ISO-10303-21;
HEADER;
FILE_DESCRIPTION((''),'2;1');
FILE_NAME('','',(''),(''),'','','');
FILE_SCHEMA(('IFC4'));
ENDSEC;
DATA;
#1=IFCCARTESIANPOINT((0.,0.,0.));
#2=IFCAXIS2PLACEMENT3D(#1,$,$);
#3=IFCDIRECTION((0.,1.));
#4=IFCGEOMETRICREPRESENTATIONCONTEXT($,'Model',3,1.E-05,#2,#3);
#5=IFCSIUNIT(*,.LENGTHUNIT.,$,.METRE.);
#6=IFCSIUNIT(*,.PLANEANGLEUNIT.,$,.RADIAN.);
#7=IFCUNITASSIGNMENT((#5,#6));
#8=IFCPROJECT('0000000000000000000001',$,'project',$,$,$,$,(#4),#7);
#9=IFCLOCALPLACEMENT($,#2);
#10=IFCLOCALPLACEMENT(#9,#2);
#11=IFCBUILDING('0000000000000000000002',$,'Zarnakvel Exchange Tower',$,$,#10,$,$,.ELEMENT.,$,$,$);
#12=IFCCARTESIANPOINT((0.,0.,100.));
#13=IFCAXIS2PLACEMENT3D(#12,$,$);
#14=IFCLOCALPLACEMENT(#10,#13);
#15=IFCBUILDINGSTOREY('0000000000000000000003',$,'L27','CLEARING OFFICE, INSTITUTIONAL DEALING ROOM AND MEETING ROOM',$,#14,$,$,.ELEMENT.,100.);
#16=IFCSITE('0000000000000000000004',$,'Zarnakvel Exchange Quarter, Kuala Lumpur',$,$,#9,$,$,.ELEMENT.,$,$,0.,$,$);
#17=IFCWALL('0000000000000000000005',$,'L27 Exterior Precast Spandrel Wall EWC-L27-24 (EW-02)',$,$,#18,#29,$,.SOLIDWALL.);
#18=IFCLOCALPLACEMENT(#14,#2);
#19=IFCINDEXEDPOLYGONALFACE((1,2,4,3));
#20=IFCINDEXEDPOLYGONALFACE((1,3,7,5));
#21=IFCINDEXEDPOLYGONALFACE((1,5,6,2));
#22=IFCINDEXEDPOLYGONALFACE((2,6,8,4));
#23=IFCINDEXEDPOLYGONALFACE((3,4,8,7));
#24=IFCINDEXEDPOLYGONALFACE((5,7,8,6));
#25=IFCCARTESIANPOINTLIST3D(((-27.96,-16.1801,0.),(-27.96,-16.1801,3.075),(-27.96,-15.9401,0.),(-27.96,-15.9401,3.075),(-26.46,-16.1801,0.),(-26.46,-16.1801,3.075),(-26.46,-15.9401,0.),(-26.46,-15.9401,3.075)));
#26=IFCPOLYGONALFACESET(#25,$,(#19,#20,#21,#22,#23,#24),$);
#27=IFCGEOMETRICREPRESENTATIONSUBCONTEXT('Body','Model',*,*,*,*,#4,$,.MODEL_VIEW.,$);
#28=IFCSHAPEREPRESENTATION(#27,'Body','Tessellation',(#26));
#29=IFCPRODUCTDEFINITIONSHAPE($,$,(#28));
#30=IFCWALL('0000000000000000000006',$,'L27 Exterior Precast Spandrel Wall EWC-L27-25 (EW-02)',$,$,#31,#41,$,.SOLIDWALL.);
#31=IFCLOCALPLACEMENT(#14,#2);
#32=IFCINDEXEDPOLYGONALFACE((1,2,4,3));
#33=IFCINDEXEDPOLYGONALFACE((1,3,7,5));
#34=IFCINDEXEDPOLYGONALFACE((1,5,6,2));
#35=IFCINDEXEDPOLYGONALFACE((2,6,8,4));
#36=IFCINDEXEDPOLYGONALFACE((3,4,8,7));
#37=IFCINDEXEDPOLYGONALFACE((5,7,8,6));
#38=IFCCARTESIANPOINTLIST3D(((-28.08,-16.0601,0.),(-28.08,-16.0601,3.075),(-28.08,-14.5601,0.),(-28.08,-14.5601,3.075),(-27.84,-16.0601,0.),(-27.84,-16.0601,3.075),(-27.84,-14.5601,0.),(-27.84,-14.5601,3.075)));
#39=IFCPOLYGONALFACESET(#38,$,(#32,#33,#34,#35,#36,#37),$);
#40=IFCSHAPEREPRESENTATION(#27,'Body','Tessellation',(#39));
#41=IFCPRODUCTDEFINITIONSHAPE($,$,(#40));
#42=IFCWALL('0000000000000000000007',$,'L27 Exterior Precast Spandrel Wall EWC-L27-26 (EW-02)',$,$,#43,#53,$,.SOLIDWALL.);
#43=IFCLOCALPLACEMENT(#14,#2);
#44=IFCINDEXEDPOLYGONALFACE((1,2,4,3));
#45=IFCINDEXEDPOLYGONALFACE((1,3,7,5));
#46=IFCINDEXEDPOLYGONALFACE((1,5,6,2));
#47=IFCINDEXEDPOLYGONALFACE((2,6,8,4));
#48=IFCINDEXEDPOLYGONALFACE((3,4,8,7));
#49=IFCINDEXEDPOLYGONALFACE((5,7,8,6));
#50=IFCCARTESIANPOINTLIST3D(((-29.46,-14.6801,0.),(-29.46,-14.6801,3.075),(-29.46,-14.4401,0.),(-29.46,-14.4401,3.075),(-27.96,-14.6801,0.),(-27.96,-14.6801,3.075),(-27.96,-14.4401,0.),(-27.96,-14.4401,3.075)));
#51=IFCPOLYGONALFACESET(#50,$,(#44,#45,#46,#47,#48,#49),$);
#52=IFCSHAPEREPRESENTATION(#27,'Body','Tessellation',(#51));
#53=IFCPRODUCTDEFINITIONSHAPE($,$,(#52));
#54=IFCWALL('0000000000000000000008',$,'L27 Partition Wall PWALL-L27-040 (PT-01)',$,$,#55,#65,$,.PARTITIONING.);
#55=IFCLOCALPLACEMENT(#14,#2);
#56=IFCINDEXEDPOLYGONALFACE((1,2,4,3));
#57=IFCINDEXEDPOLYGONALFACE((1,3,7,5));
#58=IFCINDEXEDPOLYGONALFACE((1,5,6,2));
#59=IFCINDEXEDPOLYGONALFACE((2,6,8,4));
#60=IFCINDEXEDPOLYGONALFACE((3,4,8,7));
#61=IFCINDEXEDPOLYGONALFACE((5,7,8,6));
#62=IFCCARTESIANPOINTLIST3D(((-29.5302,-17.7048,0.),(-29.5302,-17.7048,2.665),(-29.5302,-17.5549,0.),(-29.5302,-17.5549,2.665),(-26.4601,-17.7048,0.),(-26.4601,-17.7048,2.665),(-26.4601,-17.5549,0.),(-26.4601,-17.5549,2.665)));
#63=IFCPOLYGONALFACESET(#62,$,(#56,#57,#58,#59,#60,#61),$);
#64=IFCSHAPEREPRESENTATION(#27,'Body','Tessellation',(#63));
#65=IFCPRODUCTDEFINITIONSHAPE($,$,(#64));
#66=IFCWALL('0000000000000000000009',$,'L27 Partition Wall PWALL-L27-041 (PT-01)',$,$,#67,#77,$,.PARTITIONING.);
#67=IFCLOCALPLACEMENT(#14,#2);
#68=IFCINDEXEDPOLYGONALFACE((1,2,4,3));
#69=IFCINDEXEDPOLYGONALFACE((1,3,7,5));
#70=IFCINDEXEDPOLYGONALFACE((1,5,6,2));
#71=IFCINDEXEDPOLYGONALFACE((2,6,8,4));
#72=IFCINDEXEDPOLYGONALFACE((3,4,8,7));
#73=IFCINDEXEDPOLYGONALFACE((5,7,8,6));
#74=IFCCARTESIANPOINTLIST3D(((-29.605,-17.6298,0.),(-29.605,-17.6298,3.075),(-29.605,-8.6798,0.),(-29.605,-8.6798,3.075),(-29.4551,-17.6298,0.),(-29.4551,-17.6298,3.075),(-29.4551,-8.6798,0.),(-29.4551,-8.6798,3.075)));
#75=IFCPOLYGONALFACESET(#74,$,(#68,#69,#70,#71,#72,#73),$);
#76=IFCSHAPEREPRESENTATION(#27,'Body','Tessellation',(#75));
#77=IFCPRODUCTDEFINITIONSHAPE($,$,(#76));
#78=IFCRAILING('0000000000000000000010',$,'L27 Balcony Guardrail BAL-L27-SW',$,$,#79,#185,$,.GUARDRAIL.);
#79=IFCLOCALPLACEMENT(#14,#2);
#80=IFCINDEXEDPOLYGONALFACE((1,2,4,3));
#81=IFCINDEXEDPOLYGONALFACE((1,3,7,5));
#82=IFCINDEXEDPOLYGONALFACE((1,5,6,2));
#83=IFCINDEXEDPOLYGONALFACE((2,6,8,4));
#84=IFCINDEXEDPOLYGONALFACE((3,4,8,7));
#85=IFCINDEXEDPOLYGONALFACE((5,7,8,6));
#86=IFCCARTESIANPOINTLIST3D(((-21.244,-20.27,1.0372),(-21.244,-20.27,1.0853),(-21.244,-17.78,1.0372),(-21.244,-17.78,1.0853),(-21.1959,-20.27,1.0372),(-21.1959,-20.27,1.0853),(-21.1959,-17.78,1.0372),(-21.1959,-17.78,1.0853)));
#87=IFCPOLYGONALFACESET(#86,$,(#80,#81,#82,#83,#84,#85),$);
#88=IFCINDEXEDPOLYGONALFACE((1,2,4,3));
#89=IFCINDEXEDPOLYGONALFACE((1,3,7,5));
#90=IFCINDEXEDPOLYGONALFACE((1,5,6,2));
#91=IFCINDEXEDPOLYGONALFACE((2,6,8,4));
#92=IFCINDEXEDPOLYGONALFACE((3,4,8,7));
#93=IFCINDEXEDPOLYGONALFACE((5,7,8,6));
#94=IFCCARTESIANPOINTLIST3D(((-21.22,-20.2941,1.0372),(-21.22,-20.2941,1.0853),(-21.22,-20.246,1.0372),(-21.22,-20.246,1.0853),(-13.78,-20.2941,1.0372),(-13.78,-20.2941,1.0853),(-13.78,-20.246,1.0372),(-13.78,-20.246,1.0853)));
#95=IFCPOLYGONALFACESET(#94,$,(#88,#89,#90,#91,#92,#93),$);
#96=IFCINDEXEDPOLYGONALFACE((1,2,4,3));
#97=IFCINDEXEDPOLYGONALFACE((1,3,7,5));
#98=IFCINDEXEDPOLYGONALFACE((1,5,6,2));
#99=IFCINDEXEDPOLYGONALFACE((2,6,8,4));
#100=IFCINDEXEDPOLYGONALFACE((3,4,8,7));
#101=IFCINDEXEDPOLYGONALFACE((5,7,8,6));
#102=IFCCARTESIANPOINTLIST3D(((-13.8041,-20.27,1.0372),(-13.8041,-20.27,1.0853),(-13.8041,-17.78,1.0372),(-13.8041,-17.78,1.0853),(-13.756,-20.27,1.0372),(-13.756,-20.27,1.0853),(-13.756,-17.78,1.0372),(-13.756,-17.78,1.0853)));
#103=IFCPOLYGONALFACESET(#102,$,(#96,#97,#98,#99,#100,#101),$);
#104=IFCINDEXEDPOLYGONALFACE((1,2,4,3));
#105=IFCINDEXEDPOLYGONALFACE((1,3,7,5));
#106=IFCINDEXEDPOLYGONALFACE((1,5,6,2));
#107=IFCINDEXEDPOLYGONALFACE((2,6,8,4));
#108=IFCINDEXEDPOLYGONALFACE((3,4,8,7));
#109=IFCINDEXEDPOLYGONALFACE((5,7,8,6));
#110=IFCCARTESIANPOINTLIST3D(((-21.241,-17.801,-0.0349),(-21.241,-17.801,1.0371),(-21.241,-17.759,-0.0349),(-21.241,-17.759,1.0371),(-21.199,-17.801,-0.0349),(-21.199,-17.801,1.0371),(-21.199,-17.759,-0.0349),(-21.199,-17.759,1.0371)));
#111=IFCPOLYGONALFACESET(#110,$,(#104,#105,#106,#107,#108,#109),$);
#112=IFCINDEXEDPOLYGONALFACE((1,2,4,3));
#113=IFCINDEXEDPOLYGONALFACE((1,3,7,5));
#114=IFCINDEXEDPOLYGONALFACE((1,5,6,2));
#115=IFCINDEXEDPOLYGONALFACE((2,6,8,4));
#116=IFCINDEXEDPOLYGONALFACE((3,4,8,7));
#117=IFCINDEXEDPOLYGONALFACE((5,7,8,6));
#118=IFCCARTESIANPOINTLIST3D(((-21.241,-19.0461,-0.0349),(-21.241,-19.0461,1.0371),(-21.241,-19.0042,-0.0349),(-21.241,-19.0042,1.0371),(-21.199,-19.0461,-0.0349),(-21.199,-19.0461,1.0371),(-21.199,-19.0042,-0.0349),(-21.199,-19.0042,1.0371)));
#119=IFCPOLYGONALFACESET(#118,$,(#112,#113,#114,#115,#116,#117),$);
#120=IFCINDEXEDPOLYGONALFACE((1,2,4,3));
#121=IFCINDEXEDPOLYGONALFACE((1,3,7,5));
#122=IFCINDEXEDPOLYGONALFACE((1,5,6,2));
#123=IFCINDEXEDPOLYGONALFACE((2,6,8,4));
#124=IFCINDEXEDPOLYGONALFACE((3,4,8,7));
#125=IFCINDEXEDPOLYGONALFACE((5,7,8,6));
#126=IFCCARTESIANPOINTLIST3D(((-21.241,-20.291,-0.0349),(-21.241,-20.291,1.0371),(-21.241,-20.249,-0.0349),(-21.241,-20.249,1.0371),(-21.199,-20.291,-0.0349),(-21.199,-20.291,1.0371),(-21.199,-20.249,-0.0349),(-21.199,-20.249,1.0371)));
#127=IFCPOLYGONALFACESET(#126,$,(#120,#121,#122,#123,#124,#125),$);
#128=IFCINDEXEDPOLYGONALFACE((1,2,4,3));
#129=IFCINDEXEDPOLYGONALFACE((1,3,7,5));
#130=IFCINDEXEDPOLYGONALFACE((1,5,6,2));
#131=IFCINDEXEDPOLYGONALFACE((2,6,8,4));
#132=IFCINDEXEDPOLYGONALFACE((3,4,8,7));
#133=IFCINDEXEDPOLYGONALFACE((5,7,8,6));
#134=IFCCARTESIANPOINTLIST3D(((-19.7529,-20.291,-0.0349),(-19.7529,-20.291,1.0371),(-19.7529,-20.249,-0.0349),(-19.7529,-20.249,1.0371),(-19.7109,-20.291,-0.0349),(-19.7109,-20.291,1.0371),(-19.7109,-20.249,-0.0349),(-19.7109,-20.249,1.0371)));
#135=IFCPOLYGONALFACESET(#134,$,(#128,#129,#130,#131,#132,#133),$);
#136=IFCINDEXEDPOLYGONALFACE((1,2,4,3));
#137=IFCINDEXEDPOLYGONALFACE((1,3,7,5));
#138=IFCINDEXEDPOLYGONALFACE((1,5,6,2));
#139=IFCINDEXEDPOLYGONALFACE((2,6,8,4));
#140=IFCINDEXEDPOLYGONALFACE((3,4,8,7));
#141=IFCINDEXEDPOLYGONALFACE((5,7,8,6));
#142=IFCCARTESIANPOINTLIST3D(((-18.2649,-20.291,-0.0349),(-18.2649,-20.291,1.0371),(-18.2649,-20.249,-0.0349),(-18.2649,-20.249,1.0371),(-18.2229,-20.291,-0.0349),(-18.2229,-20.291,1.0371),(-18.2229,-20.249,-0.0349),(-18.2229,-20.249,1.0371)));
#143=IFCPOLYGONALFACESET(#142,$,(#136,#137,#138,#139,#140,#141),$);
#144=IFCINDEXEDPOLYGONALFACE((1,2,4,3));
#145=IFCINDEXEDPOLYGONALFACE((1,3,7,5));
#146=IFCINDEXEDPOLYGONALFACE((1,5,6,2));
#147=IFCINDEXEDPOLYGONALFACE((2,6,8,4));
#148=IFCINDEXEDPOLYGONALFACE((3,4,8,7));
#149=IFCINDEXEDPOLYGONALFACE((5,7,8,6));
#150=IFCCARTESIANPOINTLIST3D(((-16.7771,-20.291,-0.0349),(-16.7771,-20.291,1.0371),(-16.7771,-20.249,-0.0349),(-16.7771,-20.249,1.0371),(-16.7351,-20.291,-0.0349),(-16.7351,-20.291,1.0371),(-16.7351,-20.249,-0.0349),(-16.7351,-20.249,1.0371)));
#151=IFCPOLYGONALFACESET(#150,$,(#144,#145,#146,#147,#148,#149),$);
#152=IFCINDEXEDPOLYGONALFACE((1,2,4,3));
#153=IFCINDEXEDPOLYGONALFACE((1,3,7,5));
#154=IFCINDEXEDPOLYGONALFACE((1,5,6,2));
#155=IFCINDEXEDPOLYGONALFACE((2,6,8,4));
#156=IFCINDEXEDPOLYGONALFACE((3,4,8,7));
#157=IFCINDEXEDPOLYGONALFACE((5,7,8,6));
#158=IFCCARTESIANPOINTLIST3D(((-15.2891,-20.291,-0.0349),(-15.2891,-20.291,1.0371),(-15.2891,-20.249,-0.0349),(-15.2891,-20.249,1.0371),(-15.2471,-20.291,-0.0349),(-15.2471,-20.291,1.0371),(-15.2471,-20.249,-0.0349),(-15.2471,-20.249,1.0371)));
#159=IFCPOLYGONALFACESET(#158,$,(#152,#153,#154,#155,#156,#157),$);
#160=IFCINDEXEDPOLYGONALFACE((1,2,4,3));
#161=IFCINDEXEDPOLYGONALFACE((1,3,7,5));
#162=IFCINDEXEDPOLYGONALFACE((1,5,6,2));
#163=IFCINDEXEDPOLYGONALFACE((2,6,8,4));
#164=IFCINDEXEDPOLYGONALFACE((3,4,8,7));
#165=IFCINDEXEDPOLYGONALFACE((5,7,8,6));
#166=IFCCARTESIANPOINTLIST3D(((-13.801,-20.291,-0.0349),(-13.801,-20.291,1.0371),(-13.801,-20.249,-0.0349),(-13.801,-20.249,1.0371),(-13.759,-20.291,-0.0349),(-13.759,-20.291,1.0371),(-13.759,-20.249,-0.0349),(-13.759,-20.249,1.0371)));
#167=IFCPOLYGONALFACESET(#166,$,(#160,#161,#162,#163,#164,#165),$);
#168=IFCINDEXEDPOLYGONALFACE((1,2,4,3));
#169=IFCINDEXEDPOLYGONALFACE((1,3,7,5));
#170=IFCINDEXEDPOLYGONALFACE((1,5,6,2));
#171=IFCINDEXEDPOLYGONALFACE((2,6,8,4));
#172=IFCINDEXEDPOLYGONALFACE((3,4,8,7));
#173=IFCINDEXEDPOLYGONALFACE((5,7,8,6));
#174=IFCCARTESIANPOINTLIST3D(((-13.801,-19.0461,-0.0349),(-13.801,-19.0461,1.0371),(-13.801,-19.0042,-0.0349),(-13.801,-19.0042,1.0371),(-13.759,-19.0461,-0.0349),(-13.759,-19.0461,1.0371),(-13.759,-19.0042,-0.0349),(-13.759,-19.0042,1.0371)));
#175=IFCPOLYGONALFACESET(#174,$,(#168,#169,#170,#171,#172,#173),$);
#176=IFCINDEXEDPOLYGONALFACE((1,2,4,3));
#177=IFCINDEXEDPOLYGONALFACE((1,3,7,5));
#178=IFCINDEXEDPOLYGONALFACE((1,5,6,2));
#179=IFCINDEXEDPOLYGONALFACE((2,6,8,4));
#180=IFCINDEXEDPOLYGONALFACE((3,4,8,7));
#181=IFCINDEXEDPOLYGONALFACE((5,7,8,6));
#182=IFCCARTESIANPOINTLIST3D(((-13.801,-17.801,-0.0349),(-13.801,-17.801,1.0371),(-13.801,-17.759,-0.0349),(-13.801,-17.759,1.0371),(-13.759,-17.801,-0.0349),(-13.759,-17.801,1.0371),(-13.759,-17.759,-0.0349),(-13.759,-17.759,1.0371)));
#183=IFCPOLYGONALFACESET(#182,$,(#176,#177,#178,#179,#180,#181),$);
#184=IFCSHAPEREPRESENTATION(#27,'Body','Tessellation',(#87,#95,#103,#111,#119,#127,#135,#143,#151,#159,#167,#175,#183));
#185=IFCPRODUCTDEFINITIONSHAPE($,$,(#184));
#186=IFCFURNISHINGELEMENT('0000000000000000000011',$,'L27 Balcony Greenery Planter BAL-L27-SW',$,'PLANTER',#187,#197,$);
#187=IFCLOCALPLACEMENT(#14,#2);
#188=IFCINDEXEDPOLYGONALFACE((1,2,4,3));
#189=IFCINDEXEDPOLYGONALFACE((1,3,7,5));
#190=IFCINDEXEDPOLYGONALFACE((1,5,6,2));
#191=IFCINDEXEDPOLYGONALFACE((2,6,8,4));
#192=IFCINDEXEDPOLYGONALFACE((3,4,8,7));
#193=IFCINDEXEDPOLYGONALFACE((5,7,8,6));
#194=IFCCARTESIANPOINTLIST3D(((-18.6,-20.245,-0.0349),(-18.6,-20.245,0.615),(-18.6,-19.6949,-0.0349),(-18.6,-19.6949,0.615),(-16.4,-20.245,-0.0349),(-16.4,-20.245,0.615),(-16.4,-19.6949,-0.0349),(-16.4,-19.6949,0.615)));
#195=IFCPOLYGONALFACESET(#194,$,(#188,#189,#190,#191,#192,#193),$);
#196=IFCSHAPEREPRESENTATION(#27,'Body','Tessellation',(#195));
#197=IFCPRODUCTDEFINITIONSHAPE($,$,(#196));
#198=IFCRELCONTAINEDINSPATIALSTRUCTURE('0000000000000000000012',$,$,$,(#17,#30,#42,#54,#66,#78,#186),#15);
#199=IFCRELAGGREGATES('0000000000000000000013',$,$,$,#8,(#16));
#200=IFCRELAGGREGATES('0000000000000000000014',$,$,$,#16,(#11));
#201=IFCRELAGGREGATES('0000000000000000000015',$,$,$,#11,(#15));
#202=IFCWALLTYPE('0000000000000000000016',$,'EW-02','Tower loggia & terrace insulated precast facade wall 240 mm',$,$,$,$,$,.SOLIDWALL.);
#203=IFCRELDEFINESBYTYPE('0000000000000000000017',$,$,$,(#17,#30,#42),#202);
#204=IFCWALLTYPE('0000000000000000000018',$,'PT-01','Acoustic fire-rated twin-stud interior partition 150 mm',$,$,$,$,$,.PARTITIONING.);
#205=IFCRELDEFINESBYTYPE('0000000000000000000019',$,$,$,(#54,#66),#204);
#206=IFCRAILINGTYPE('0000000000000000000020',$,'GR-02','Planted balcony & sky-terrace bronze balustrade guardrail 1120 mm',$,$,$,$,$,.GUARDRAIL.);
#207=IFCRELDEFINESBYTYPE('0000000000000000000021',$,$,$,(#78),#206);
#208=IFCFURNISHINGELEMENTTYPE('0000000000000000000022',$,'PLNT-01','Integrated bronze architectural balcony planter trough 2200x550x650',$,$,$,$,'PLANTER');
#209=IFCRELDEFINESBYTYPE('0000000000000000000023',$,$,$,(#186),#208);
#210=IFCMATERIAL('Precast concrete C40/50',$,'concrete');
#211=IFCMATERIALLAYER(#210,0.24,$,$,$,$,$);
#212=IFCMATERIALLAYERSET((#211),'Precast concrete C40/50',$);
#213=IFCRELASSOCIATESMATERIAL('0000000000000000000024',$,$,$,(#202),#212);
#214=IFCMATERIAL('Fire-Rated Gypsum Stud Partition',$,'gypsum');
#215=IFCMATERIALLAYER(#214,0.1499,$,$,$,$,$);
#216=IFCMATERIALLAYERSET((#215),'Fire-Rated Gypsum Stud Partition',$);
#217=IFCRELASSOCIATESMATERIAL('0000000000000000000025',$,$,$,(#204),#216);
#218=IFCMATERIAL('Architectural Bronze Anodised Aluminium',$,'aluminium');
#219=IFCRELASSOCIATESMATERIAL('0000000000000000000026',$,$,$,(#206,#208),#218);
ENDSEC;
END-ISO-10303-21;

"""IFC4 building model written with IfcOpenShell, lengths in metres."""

from ifc_helpers import new_model, si_unit, direction, frame, frame_2d, origin, origin_2d, place, context, subcontext, project, spatial, rectangle, extrude, source, transform, mapped, material, layer, layer_set, type_object, element, save


model = new_model("IFC4")

# Units and contexts
model_context = context("Model", 3, precision=1e-05, world=origin(), true_north=direction((0.0, 1.0)))
body_context = subcontext(model_context, "Body", "Model", "MODEL_VIEW")
ifc_project = project(units=[si_unit("LENGTHUNIT", "METRE"), si_unit("PLANEANGLEUNIT", "RADIAN")], contexts=[model_context])

# Site, building, storey
site_placement = place(None, origin())
site = spatial("IfcSite", under=ifc_project, at=site_placement, Name="Zarnakvel Exchange Quarter, Kuala Lumpur", CompositionType="ELEMENT", RefElevation=0.0)
building_placement = place(site_placement, origin())
building = spatial("IfcBuilding", under=site, at=building_placement, Name="Zarnakvel Exchange Tower", CompositionType="ELEMENT")
storey_placement = place(building_placement, frame((0.0, 0.0, 100.0)))
storey = spatial("IfcBuildingStorey", under=building, at=storey_placement, Name="L27", Description="CLEARING OFFICE, INSTITUTIONAL DEALING ROOM AND MEETING ROOM", CompositionType="ELEMENT", Elevation=100.0)

# Shared definitions
ifc_material_1 = material(Name="Architectural Bronze Anodised Aluminium", Category="aluminium")

# Walls
ifc_material_2 = material(Name="Precast concrete C40/50", Category="concrete")
ifc_layer_1 = layer(ifc_material_2, 0.24)
ifc_layer_set_1 = layer_set([ifc_layer_1], Name="Precast concrete C40/50")
wall_type_1 = type_object("IfcWallType", Name="EW-02", Description="Tower loggia & terrace insulated precast facade wall 240 mm", PredefinedType="SOLIDWALL", material=ifc_layer_set_1)
for number, where, z_axis, x_axis, name in (
    (1, (-27.96, -16.0601, 0.0), (0.0, 0.0, 1.0), (1.0, 0.0, 0.0), "L27 Exterior Precast Spandrel Wall EWC-L27-24 (EW-02)"),
    (2, (-27.96, -14.5601, 0.0), (0.0, 0.0, 1.0), (0.0, -1.0, 0.0), "L27 Exterior Precast Spandrel Wall EWC-L27-25 (EW-02)"),
    (3, (-29.46, -14.5601, 0.0), (0.0, 0.0, 1.0), (1.0, 0.0, 0.0), "L27 Exterior Precast Spandrel Wall EWC-L27-26 (EW-02)"),
):
    element("IfcWall", number, at=place(storey_placement, frame(where, z_axis=z_axis, x_axis=x_axis)), inside=storey, type_object=wall_type_1, Name=name, PredefinedType="SOLIDWALL", context=body_context, shape_type="SweptSolid", body=[
        extrude(rectangle(XDim=1.5, YDim=0.24, at=frame_2d((0.75, 0.0))), origin(), (0.0, 0.0, 1.0), 3.075),
    ])
ifc_material_3 = material(Name="Fire-Rated Gypsum Stud Partition", Category="gypsum")
ifc_layer_2 = layer(ifc_material_3, 0.1499)
ifc_layer_set_2 = layer_set([ifc_layer_2], Name="Fire-Rated Gypsum Stud Partition")
wall_type_2 = type_object("IfcWallType", Name="PT-01", Description="Acoustic fire-rated twin-stud interior partition 150 mm", PredefinedType="PARTITIONING", material=ifc_layer_set_2)
wall_1_placement = place(storey_placement, frame((-26.46, -17.6299, 0.0), z_axis=(0.0, 0.0, 1.0), x_axis=(-1.0, 0.0, 0.0)))
element("IfcWall", 4, at=wall_1_placement, inside=storey, type_object=wall_type_2, Name="L27 Partition Wall PWALL-L27-040 (PT-01)", PredefinedType="PARTITIONING", context=body_context, shape_type="SweptSolid", body=[
    extrude(rectangle(XDim=3.0701, YDim=0.1499, at=frame_2d((1.5352, 0.0))), origin(), (0.0, 0.0, 1.0), 2.665),
])
wall_2_placement = place(storey_placement, frame((-29.53, -17.6299, 0.0), z_axis=(0.0, 0.0, 1.0), x_axis=(0.0, 1.0, 0.0)))
element("IfcWall", 5, at=wall_2_placement, inside=storey, type_object=wall_type_2, Name="L27 Partition Wall PWALL-L27-041 (PT-01)", PredefinedType="PARTITIONING", context=body_context, shape_type="SweptSolid", body=[
    extrude(rectangle(XDim=8.95, YDim=0.1499, at=frame_2d((4.4751, 0.0))), origin(), (0.0, 0.0, 1.0), 3.075),
])

# Railing
railing_type = type_object("IfcRailingType", Name="GR-02", Description="Planted balcony & sky-terrace bronze balustrade guardrail 1120 mm", PredefinedType="GUARDRAIL", material=ifc_material_1)
railing_placement = place(storey_placement, frame((-21.22, -17.78, -0.0349)))
element("IfcRailing", 6, at=railing_placement, inside=storey, type_object=railing_type, Name="L27 Balcony Guardrail BAL-L27-SW", PredefinedType="GUARDRAIL", context=body_context, shape_type="SweptSolid", body=[
    extrude(rectangle(XDim=0.0481, YDim=0.0481, at=origin_2d()), frame((0.0, 0.0, 1.0962), z_axis=(0.0, -1.0, 0.0), x_axis=(1.0, 0.0, 0.0)), (0.0, 0.0, 1.0), 2.49),
    extrude(rectangle(XDim=0.0481, YDim=0.0481, at=origin_2d()), frame((0.0, -2.49, 1.0962), z_axis=(1.0, 0.0, 0.0), x_axis=(0.0, 1.0, 0.0)), (0.0, 0.0, 1.0), 7.4399),
    extrude(rectangle(XDim=0.0481, YDim=0.0481, at=origin_2d()), frame((7.4399, -2.49, 1.0962), z_axis=(0.0, 1.0, 0.0), x_axis=(-1.0, 0.0, 0.0)), (0.0, 0.0, 1.0), 2.49),
    extrude(rectangle(XDim=0.042, YDim=0.042, at=origin_2d()), origin(), (0.0, 0.0, 1.0), 1.072),
    extrude(rectangle(XDim=0.042, YDim=0.042, at=origin_2d()), frame((0.0, -1.2451, 0.0)), (0.0, 0.0, 1.0), 1.072),
    extrude(rectangle(XDim=0.042, YDim=0.042, at=origin_2d()), frame((0.0, -2.49, 0.0)), (0.0, 0.0, 1.0), 1.072),
    extrude(rectangle(XDim=0.042, YDim=0.042, at=origin_2d()), frame((1.488, -2.49, 0.0)), (0.0, 0.0, 1.0), 1.072),
    extrude(rectangle(XDim=0.042, YDim=0.042, at=origin_2d()), frame((2.9761, -2.49, 0.0)), (0.0, 0.0, 1.0), 1.072),
    extrude(rectangle(XDim=0.042, YDim=0.042, at=origin_2d()), frame((4.4639, -2.49, 0.0)), (0.0, 0.0, 1.0), 1.072),
    extrude(rectangle(XDim=0.042, YDim=0.042, at=origin_2d()), frame((5.9519, -2.49, 0.0)), (0.0, 0.0, 1.0), 1.072),
    extrude(rectangle(XDim=0.042, YDim=0.042, at=origin_2d()), frame((7.4399, -2.49, 0.0)), (0.0, 0.0, 1.0), 1.072),
    extrude(rectangle(XDim=0.042, YDim=0.042, at=origin_2d()), frame((7.4399, -1.2451, 0.0)), (0.0, 0.0, 1.0), 1.072),
    extrude(rectangle(XDim=0.042, YDim=0.042, at=origin_2d()), frame((7.4399, 0.0, 0.0)), (0.0, 0.0, 1.0), 1.072),
])

# Furnishing element
furnishing_element_type = type_object("IfcFurnishingElementType", Name="PLNT-01", Description="Integrated bronze architectural balcony planter trough 2200x550x650", ElementType="PLANTER", material=ifc_material_1)
shared_shape_1 = source(origin(), body_context, "Body", "SweptSolid", [
    extrude(rectangle(XDim=2.2, YDim=0.55, at=origin_2d()), origin(), (0.0, 0.0, 1.0), 0.6499),
])
furnishing_placement = place(storey_placement, frame((-17.5, -19.97, -0.0349), z_axis=(0.0, 0.0, 1.0), x_axis=(1.0, 0.0, 0.0)))
element("IfcFurnishingElement", 7, at=furnishing_placement, inside=storey, type_object=furnishing_element_type, Name="L27 Balcony Greenery Planter BAL-L27-SW", ObjectType="PLANTER", context=body_context, shape_type="MappedRepresentation", body=[
    mapped(shared_shape_1, transform((0.0, 0.0, 0.0), x_axis=(1.0, 0.0, 0.0), y_axis=(0.0, 1.0, 0.0), z_axis=(0.0, 0.0, 1.0), scale=1.0)),
])

save(model, "model.ifc")
